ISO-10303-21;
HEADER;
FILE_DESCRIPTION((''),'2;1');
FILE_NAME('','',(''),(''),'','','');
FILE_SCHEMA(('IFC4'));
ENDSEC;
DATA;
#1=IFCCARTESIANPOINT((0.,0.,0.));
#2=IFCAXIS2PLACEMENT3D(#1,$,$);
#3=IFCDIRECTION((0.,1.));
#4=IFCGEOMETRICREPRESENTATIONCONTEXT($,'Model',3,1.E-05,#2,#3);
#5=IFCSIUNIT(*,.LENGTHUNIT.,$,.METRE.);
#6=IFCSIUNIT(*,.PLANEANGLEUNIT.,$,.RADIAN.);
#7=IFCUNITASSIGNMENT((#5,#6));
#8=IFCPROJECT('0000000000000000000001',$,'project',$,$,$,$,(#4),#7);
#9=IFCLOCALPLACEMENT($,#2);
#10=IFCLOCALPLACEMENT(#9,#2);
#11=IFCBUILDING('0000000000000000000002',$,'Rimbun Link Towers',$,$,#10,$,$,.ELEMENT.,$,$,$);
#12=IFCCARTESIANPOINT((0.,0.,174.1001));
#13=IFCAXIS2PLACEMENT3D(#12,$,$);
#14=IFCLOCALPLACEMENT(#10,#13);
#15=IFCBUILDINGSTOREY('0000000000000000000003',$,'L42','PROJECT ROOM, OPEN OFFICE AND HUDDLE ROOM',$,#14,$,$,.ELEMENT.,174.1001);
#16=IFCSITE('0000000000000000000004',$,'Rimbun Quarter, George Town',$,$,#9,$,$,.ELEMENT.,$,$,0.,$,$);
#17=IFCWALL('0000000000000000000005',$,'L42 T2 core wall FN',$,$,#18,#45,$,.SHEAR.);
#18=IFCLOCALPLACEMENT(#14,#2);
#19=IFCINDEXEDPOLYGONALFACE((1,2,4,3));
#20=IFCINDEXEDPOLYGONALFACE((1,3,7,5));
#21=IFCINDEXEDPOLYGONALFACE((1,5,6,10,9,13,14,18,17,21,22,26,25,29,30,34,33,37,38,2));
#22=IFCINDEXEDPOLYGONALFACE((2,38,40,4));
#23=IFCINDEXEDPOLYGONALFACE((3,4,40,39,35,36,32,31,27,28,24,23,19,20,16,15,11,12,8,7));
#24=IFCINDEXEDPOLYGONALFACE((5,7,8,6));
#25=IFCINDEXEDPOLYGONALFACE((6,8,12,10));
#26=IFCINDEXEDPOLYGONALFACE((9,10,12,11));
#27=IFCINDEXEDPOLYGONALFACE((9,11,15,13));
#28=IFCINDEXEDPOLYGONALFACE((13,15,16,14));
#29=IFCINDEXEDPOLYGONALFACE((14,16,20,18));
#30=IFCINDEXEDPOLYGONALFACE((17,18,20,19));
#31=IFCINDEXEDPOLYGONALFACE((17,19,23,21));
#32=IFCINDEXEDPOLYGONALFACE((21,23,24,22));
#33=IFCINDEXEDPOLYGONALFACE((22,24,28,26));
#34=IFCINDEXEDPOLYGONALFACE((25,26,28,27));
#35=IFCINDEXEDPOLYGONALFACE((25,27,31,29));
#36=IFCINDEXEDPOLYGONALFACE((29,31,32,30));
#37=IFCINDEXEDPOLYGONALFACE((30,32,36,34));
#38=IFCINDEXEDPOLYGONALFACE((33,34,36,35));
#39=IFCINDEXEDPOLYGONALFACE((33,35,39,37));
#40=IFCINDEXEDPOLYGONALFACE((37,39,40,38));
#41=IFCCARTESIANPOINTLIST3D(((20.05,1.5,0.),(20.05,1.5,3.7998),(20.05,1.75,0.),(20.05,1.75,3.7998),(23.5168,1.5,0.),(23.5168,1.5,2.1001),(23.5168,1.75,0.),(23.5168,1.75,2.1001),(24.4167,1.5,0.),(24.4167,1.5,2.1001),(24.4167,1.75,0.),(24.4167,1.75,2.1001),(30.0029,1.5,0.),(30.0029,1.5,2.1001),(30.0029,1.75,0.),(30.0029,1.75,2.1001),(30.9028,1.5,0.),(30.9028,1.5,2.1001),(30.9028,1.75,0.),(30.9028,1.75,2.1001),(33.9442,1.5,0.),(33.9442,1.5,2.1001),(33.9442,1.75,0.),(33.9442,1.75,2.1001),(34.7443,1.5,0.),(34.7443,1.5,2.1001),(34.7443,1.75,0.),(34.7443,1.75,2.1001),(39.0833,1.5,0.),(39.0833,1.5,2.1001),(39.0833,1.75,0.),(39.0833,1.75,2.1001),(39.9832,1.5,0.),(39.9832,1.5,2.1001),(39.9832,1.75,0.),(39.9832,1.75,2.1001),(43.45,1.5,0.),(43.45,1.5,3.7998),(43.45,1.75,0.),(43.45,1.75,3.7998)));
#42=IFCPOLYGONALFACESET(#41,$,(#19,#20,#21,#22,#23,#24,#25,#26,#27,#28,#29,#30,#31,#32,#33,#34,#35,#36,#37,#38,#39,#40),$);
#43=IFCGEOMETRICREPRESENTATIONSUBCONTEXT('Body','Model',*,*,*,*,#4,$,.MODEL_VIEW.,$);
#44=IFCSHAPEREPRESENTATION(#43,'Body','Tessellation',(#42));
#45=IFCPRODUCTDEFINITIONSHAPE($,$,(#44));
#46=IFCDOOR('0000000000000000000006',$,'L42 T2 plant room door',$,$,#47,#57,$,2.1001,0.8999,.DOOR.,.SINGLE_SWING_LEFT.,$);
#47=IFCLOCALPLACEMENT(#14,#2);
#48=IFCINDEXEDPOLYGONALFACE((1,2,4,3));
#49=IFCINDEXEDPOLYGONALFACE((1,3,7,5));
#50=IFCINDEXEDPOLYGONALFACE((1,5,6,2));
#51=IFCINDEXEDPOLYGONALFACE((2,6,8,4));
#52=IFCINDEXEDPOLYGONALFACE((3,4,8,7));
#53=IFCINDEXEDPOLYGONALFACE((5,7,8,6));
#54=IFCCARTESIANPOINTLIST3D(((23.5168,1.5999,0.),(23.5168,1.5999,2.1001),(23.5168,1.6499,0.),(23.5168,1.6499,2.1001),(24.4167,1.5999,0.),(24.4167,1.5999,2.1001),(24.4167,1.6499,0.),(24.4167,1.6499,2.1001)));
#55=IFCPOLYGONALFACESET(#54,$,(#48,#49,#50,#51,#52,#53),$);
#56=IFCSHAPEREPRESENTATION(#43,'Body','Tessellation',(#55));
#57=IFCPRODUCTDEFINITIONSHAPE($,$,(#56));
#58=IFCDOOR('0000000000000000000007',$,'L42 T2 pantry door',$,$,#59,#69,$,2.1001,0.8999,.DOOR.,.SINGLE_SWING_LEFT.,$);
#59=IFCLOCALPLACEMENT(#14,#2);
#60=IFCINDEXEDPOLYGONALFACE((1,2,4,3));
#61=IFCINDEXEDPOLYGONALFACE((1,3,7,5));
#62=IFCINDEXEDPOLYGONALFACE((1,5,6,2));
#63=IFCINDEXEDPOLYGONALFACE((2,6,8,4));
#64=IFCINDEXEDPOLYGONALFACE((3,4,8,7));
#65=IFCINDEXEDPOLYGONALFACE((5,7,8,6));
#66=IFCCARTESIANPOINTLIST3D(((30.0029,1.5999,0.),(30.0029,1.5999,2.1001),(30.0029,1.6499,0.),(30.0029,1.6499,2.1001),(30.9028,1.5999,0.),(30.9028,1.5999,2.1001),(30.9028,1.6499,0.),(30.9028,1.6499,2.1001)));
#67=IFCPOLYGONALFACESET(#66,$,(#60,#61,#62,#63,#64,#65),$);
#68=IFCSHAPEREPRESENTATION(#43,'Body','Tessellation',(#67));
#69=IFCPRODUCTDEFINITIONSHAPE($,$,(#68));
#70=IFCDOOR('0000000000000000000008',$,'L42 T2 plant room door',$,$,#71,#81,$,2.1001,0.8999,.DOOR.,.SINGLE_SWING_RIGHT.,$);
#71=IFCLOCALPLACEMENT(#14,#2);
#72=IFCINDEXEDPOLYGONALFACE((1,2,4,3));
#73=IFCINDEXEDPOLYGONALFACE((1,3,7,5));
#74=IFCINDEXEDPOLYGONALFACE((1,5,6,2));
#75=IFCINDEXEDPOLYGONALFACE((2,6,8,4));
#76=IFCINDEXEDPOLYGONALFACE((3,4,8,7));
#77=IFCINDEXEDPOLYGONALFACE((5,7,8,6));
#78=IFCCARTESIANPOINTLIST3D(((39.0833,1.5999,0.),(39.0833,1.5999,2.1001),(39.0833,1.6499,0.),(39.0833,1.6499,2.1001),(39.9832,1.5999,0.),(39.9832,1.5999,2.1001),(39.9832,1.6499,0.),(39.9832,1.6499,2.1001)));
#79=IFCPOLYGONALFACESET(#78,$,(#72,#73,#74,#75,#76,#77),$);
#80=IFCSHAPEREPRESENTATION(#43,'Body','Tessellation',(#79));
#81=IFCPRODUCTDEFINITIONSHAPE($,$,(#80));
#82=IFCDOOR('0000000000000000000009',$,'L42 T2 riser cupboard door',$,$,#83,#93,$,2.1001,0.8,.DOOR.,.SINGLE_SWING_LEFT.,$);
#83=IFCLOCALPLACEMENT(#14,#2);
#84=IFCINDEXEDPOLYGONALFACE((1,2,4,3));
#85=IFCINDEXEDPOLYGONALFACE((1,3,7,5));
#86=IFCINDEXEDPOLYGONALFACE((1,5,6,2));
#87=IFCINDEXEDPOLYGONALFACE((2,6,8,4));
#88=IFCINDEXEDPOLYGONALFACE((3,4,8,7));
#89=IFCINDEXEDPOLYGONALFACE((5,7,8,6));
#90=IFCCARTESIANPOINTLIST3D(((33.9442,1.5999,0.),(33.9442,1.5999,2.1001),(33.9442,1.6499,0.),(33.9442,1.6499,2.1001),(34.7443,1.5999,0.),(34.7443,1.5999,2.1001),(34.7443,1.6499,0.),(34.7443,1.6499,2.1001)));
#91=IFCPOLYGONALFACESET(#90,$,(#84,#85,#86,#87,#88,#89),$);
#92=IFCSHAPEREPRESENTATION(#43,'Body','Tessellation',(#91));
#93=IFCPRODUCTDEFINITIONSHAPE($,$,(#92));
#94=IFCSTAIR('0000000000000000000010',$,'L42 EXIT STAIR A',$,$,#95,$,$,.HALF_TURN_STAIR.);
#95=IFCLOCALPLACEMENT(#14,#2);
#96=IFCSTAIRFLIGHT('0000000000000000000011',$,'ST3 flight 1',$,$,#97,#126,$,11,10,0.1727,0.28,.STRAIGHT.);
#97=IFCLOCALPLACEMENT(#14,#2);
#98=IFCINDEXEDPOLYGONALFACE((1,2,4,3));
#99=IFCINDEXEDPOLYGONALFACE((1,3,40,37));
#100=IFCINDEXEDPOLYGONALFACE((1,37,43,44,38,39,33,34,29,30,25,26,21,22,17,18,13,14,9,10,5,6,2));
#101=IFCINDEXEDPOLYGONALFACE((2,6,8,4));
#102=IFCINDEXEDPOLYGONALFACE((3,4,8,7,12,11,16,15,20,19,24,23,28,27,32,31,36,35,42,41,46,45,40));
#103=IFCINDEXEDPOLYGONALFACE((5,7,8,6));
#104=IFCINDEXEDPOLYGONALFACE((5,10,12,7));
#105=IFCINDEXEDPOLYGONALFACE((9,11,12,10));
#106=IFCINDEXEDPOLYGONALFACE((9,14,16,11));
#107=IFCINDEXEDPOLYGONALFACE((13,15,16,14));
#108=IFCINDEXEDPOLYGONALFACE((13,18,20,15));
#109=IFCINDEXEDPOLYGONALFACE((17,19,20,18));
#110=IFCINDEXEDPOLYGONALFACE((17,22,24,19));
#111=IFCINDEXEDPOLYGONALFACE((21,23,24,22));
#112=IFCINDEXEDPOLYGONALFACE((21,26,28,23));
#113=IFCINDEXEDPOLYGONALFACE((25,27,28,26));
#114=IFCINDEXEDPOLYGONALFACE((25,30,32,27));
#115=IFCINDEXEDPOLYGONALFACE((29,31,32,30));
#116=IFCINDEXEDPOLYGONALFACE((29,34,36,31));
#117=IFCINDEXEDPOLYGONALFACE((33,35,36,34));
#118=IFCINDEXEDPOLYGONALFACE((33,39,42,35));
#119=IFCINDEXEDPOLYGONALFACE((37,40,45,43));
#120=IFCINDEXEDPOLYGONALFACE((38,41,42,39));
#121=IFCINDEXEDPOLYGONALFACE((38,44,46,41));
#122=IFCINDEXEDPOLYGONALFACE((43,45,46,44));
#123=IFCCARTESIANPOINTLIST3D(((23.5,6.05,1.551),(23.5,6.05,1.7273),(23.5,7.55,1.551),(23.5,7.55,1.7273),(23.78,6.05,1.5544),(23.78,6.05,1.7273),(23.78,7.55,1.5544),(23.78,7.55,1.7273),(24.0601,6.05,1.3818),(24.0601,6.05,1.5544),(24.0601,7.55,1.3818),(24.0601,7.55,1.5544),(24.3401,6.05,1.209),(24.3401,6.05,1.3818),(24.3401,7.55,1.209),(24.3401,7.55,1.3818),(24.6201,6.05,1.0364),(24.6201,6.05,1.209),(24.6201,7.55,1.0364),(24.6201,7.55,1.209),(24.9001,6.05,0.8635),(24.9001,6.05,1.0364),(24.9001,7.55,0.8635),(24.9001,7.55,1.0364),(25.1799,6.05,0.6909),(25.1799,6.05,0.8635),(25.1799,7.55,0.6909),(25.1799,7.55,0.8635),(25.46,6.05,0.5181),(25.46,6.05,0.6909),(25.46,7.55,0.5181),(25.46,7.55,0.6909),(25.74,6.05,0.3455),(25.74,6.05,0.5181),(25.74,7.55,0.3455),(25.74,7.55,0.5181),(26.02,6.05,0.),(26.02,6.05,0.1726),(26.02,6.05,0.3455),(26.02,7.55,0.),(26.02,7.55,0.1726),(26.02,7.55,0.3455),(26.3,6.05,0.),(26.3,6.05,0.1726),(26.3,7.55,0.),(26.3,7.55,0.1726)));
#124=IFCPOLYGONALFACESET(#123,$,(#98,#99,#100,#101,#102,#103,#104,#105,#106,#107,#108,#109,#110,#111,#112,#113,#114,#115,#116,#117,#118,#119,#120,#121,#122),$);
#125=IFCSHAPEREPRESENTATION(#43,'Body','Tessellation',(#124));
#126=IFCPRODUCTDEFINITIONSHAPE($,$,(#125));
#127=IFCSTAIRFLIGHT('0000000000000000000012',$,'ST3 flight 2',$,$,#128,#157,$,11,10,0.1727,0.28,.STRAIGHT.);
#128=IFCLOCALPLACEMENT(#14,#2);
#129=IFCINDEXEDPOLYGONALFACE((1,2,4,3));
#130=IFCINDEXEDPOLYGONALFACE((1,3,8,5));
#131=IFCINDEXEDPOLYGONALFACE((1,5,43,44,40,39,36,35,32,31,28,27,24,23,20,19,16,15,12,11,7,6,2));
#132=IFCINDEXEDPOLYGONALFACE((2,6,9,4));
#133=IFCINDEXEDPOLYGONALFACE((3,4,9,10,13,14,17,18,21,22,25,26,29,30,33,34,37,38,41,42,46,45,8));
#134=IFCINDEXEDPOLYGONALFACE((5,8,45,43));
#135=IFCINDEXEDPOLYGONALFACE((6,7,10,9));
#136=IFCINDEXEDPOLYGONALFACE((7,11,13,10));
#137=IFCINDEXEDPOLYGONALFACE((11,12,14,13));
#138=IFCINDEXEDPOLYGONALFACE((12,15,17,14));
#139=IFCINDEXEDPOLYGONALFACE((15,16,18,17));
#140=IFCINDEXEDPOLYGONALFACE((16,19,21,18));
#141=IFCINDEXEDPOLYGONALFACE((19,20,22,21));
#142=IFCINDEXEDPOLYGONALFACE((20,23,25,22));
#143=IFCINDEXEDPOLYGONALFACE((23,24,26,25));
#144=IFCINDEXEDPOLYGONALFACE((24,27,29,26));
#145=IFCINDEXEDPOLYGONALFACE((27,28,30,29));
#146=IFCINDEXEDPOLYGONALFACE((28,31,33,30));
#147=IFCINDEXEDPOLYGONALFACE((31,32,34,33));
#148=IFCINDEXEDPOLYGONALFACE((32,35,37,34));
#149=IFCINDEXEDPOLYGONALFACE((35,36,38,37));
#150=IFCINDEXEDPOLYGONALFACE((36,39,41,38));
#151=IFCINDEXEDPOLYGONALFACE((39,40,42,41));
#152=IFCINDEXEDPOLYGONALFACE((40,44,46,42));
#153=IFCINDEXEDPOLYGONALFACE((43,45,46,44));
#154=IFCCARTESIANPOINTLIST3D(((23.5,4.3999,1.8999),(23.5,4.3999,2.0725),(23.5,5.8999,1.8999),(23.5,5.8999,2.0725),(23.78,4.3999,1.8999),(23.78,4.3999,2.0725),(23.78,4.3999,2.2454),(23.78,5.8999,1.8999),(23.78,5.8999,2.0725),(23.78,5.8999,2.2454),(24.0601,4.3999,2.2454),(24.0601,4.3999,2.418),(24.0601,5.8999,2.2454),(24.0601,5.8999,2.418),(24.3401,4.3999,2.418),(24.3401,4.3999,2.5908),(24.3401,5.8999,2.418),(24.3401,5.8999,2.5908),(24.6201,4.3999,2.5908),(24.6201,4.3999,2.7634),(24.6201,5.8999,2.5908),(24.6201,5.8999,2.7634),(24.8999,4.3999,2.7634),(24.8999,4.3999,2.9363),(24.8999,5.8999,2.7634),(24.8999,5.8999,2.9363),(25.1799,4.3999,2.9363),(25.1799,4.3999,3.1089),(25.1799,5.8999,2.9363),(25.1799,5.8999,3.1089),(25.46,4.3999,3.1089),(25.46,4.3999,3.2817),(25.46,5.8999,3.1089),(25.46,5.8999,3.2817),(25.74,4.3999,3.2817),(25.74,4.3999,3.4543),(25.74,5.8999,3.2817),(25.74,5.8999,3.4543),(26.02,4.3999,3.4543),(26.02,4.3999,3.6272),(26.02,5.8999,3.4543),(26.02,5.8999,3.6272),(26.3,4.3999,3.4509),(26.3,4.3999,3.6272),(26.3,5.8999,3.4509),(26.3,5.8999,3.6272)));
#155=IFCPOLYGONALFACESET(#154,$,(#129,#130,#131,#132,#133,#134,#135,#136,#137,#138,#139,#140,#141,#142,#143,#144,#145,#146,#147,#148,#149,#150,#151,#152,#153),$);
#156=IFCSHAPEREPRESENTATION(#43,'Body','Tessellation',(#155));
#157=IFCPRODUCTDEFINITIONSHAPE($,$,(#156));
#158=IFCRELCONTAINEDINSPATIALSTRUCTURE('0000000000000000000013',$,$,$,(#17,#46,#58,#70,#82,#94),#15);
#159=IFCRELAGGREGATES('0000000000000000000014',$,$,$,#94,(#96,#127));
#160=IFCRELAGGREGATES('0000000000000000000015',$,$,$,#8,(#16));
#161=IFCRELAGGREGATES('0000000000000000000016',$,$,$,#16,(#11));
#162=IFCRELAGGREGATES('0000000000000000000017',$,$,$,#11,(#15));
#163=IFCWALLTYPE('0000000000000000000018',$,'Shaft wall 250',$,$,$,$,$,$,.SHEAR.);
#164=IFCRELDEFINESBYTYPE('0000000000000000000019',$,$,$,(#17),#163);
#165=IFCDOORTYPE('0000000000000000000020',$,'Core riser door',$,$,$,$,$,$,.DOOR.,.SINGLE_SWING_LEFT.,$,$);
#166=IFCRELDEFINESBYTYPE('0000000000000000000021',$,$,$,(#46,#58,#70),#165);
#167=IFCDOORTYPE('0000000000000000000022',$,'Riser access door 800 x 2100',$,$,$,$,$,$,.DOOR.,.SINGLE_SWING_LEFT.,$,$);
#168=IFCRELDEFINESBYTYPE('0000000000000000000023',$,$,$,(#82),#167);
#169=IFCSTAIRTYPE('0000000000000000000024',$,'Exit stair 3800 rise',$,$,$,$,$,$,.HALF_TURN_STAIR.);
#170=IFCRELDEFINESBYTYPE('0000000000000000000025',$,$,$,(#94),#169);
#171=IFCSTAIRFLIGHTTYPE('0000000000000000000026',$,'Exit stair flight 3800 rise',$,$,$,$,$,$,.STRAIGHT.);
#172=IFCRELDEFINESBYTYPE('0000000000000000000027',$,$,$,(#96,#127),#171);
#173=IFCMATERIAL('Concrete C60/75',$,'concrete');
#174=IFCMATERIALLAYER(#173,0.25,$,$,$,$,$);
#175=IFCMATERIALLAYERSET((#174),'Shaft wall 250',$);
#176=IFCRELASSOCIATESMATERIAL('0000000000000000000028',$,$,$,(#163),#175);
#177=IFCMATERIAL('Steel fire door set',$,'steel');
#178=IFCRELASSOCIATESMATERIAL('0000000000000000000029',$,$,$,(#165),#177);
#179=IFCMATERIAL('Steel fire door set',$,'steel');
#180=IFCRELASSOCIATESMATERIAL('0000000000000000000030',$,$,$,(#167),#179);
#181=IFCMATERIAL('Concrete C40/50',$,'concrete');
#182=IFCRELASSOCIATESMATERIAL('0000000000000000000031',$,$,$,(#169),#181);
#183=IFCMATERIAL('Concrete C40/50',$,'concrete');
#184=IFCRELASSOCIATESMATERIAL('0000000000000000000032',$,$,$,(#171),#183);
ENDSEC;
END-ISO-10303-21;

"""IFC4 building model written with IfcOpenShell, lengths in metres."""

from ifc_helpers import new_model, si_unit, direction, frame, frame_2d, origin, place, context, subcontext, project, spatial, polyline, rectangle, outline, extrude, material, layer, layer_set, type_object, element, fill, aggregate, save


model = new_model("IFC4")

# Units and contexts
model_context = context("Model", 3, precision=1e-05, world=origin(), true_north=direction((0.0, 1.0)))
body_context = subcontext(model_context, "Body", "Model", "MODEL_VIEW")
ifc_project = project(units=[si_unit("LENGTHUNIT", "METRE"), si_unit("PLANEANGLEUNIT", "RADIAN")], contexts=[model_context])

# Site, building, storey
site_placement = place(None, origin())
site = spatial("IfcSite", under=ifc_project, at=site_placement, Name="Rimbun Quarter, George Town", CompositionType="ELEMENT", RefElevation=0.0)
building_placement = place(site_placement, origin())
building = spatial("IfcBuilding", under=site, at=building_placement, Name="Rimbun Link Towers", CompositionType="ELEMENT")
storey_placement = place(building_placement, frame((0.0, 0.0, 174.1001)))
storey = spatial("IfcBuildingStorey", under=building, at=storey_placement, Name="L42", Description="PROJECT ROOM, OPEN OFFICE AND HUDDLE ROOM", CompositionType="ELEMENT", Elevation=174.1001)

# Shared definitions
ifc_material_1 = material(Name="Concrete C60/75", Category="concrete")
ifc_layer_1 = layer(ifc_material_1, 0.25)
ifc_layer_set_1 = layer_set([ifc_layer_1], Name="Shaft wall 250")
wall_type_1 = type_object("IfcWallType", Name="Shaft wall 250", PredefinedType="SHEAR", material=ifc_layer_set_1)

# Wall, openings, doors
wall_1_placement = place(storey_placement, frame((20.05, 1.625, 0.0), z_axis=(0.0, 0.0, 1.0), x_axis=(1.0, 0.0, 0.0)))
wall_1 = element("IfcWall", 1, at=wall_1_placement, inside=storey, type_object=wall_type_1, Name="L42 T2 core wall FN", PredefinedType="SHEAR", context=body_context, shape_type="SweptSolid", body=[
    extrude(rectangle(XDim=23.3999, YDim=0.25, at=frame_2d((11.7, 0.0))), origin(), (0.0, 0.0, 1.0), 3.7998),
])
opening_1_placement = place(wall_1_placement, frame((3.4668, 0.0, 0.0)))
opening_1 = element("IfcOpeningElement", 2, at=opening_1_placement, cuts=wall_1, PredefinedType="OPENING", context=body_context, shape_type="SweptSolid", body=[
    extrude(rectangle(XDim=0.8999, YDim=2.1001, at=frame_2d((0.45, 1.05))), frame((0.0, 0.135, 0.0), z_axis=(0.0, -1.0, 0.0), x_axis=(1.0, 0.0, 0.0)), (0.0, 0.0, 1.0), 0.27),
])
opening_2_placement = place(wall_1_placement, frame((9.9529, 0.0, 0.0)))
opening_2 = element("IfcOpeningElement", 3, at=opening_2_placement, cuts=wall_1, PredefinedType="OPENING", context=body_context, shape_type="SweptSolid", body=[
    extrude(rectangle(XDim=0.8999, YDim=2.1001, at=frame_2d((0.45, 1.05))), frame((0.0, 0.135, 0.0), z_axis=(0.0, -1.0, 0.0), x_axis=(1.0, 0.0, 0.0)), (0.0, 0.0, 1.0), 0.27),
])
opening_3_placement = place(wall_1_placement, frame((13.8943, 0.0, 0.0)))
opening_3 = element("IfcOpeningElement", 4, at=opening_3_placement, cuts=wall_1, PredefinedType="OPENING", context=body_context, shape_type="SweptSolid", body=[
    extrude(rectangle(XDim=0.8, YDim=2.1001, at=frame_2d((0.3999, 1.05))), frame((0.0, 0.135, 0.0), z_axis=(0.0, -1.0, 0.0), x_axis=(1.0, 0.0, 0.0)), (0.0, 0.0, 1.0), 0.27),
])
opening_4_placement = place(wall_1_placement, frame((19.0332, 0.0, 0.0)))
opening_4 = element("IfcOpeningElement", 5, at=opening_4_placement, cuts=wall_1, PredefinedType="OPENING", context=body_context, shape_type="SweptSolid", body=[
    extrude(rectangle(XDim=0.8999, YDim=2.1001, at=frame_2d((0.45, 1.05))), frame((0.0, 0.135, 0.0), z_axis=(0.0, -1.0, 0.0), x_axis=(1.0, 0.0, 0.0)), (0.0, 0.0, 1.0), 0.27),
])
ifc_material_2 = material(Name="Steel fire door set", Category="steel")
door_type_1 = type_object("IfcDoorType", Name="Core riser door", OperationType="SINGLE_SWING_LEFT", PredefinedType="DOOR", material=ifc_material_2)
door_1_placement = place(opening_1_placement, origin())
door_1 = element("IfcDoor", 6, at=door_1_placement, inside=storey, type_object=door_type_1, Name="L42 T2 plant room door", OperationType="SINGLE_SWING_LEFT", OverallHeight=2.1001, OverallWidth=0.8999, PredefinedType="DOOR", context=body_context, shape_type="SweptSolid", body=[
    extrude(rectangle(XDim=0.8999, YDim=2.1001, at=frame_2d((0.45, 1.05))), frame((0.0, 0.0249, 0.0), z_axis=(0.0, -1.0, 0.0), x_axis=(1.0, 0.0, 0.0)), (0.0, 0.0, 1.0), 0.05),
])
fill(opening_1, door_1)
door_2_placement = place(opening_2_placement, origin())
door_2 = element("IfcDoor", 7, at=door_2_placement, inside=storey, type_object=door_type_1, Name="L42 T2 pantry door", OperationType="SINGLE_SWING_LEFT", OverallHeight=2.1001, OverallWidth=0.8999, PredefinedType="DOOR", context=body_context, shape_type="SweptSolid", body=[
    extrude(rectangle(XDim=0.8999, YDim=2.1001, at=frame_2d((0.45, 1.05))), frame((0.0, 0.0249, 0.0), z_axis=(0.0, -1.0, 0.0), x_axis=(1.0, 0.0, 0.0)), (0.0, 0.0, 1.0), 0.05),
])
fill(opening_2, door_2)
door_3_placement = place(opening_4_placement, origin())
door_3 = element("IfcDoor", 8, at=door_3_placement, inside=storey, type_object=door_type_1, Name="L42 T2 plant room door", OperationType="SINGLE_SWING_RIGHT", OverallHeight=2.1001, OverallWidth=0.8999, PredefinedType="DOOR", context=body_context, shape_type="SweptSolid", body=[
    extrude(rectangle(XDim=0.8999, YDim=2.1001, at=frame_2d((0.45, 1.05))), frame((0.0, 0.0249, 0.0), z_axis=(0.0, -1.0, 0.0), x_axis=(1.0, 0.0, 0.0)), (0.0, 0.0, 1.0), 0.05),
])
fill(opening_4, door_3)
ifc_material_3 = material(Name="Steel fire door set", Category="steel")
door_type_2 = type_object("IfcDoorType", Name="Riser access door 800 x 2100", OperationType="SINGLE_SWING_LEFT", PredefinedType="DOOR", material=ifc_material_3)
door_4_placement = place(opening_3_placement, origin())
door_4 = element("IfcDoor", 9, at=door_4_placement, inside=storey, type_object=door_type_2, Name="L42 T2 riser cupboard door", OperationType="SINGLE_SWING_LEFT", OverallHeight=2.1001, OverallWidth=0.8, PredefinedType="DOOR", context=body_context, shape_type="SweptSolid", body=[
    extrude(rectangle(XDim=0.8, YDim=2.1001, at=frame_2d((0.3999, 1.05))), frame((0.0, 0.0249, 0.0), z_axis=(0.0, -1.0, 0.0), x_axis=(1.0, 0.0, 0.0)), (0.0, 0.0, 1.0), 0.05),
])
fill(opening_3, door_4)

# Stair, stair flights
ifc_material_4 = material(Name="Concrete C40/50", Category="concrete")
stair_type = type_object("IfcStairType", Name="Exit stair 3800 rise", PredefinedType="HALF_TURN_STAIR", material=ifc_material_4)
stair_placement = place(storey_placement, origin())
stair = element("IfcStair", 10, at=stair_placement, inside=storey, type_object=stair_type, Name="L42 EXIT STAIR A", PredefinedType="HALF_TURN_STAIR")
ifc_material_5 = material(Name="Concrete C40/50", Category="concrete")
stair_flight_type = type_object("IfcStairFlightType", Name="Exit stair flight 3800 rise", PredefinedType="STRAIGHT", material=ifc_material_5)
stair_flight_1_placement = place(storey_placement, frame((26.3, 6.8, 0.0), z_axis=(0.0, 0.0, 1.0), x_axis=(-1.0, 0.0, 0.0)))
stair_flight_1 = element("IfcStairFlight", 11, at=stair_flight_1_placement, type_object=stair_flight_type, Name="ST3 flight 1", NumberOfRisers=11, NumberOfTreads=10, PredefinedType="STRAIGHT", RiserHeight=0.1727, TreadLength=0.28, context=body_context, shape_type="SweptSolid", body=[
    extrude(outline(polyline([(0.0, 0.0), (0.0, 0.1726), (0.28, 0.1726), (0.28, 0.3455), (0.5601, 0.3455), (0.5601, 0.5181), (0.8401, 0.5181), (0.8401, 0.6909), (1.1201, 0.6909), (1.1201, 0.8635), (1.3999, 0.8635), (1.3999, 1.0364), (1.6799, 1.0364), (1.6799, 1.209), (1.96, 1.209), (1.96, 1.3818), (2.24, 1.3818), (2.24, 1.5544), (2.52, 1.5544), (2.52, 1.7273), (2.8, 1.7273), (2.8, 1.8999), (2.8, 1.551), (0.28, 0.0), (0.0, 0.0)])), frame((0.0, 0.75, 0.0), z_axis=(0.0, -1.0, 0.0), x_axis=(1.0, 0.0, 0.0)), (0.0, 0.0, 1.0), 1.5),
])
stair_flight_2_placement = place(storey_placement, frame((23.5, 5.1499, 1.8999), z_axis=(0.0, 0.0, 1.0), x_axis=(1.0, 0.0, 0.0)))
stair_flight_2 = element("IfcStairFlight", 12, at=stair_flight_2_placement, type_object=stair_flight_type, Name="ST3 flight 2", NumberOfRisers=11, NumberOfTreads=10, PredefinedType="STRAIGHT", RiserHeight=0.1727, TreadLength=0.28, context=body_context, shape_type="SweptSolid", body=[
    extrude(outline(polyline([(0.0, 0.0), (0.0, 0.1726), (0.28, 0.1726), (0.28, 0.3455), (0.5601, 0.3455), (0.5601, 0.5181), (0.8401, 0.5181), (0.8401, 0.6909), (1.1201, 0.6909), (1.1201, 0.8635), (1.3999, 0.8635), (1.3999, 1.0364), (1.6799, 1.0364), (1.6799, 1.209), (1.96, 1.209), (1.96, 1.3818), (2.24, 1.3818), (2.24, 1.5544), (2.52, 1.5544), (2.52, 1.7273), (2.8, 1.7273), (2.8, 1.8999), (2.8, 1.551), (0.28, 0.0), (0.0, 0.0)])), frame((0.0, 0.75, 0.0), z_axis=(0.0, -1.0, 0.0), x_axis=(1.0, 0.0, 0.0)), (0.0, 0.0, 1.0), 1.5),
])
aggregate(stair, [stair_flight_1, stair_flight_2])

save(model, "model.ifc")
